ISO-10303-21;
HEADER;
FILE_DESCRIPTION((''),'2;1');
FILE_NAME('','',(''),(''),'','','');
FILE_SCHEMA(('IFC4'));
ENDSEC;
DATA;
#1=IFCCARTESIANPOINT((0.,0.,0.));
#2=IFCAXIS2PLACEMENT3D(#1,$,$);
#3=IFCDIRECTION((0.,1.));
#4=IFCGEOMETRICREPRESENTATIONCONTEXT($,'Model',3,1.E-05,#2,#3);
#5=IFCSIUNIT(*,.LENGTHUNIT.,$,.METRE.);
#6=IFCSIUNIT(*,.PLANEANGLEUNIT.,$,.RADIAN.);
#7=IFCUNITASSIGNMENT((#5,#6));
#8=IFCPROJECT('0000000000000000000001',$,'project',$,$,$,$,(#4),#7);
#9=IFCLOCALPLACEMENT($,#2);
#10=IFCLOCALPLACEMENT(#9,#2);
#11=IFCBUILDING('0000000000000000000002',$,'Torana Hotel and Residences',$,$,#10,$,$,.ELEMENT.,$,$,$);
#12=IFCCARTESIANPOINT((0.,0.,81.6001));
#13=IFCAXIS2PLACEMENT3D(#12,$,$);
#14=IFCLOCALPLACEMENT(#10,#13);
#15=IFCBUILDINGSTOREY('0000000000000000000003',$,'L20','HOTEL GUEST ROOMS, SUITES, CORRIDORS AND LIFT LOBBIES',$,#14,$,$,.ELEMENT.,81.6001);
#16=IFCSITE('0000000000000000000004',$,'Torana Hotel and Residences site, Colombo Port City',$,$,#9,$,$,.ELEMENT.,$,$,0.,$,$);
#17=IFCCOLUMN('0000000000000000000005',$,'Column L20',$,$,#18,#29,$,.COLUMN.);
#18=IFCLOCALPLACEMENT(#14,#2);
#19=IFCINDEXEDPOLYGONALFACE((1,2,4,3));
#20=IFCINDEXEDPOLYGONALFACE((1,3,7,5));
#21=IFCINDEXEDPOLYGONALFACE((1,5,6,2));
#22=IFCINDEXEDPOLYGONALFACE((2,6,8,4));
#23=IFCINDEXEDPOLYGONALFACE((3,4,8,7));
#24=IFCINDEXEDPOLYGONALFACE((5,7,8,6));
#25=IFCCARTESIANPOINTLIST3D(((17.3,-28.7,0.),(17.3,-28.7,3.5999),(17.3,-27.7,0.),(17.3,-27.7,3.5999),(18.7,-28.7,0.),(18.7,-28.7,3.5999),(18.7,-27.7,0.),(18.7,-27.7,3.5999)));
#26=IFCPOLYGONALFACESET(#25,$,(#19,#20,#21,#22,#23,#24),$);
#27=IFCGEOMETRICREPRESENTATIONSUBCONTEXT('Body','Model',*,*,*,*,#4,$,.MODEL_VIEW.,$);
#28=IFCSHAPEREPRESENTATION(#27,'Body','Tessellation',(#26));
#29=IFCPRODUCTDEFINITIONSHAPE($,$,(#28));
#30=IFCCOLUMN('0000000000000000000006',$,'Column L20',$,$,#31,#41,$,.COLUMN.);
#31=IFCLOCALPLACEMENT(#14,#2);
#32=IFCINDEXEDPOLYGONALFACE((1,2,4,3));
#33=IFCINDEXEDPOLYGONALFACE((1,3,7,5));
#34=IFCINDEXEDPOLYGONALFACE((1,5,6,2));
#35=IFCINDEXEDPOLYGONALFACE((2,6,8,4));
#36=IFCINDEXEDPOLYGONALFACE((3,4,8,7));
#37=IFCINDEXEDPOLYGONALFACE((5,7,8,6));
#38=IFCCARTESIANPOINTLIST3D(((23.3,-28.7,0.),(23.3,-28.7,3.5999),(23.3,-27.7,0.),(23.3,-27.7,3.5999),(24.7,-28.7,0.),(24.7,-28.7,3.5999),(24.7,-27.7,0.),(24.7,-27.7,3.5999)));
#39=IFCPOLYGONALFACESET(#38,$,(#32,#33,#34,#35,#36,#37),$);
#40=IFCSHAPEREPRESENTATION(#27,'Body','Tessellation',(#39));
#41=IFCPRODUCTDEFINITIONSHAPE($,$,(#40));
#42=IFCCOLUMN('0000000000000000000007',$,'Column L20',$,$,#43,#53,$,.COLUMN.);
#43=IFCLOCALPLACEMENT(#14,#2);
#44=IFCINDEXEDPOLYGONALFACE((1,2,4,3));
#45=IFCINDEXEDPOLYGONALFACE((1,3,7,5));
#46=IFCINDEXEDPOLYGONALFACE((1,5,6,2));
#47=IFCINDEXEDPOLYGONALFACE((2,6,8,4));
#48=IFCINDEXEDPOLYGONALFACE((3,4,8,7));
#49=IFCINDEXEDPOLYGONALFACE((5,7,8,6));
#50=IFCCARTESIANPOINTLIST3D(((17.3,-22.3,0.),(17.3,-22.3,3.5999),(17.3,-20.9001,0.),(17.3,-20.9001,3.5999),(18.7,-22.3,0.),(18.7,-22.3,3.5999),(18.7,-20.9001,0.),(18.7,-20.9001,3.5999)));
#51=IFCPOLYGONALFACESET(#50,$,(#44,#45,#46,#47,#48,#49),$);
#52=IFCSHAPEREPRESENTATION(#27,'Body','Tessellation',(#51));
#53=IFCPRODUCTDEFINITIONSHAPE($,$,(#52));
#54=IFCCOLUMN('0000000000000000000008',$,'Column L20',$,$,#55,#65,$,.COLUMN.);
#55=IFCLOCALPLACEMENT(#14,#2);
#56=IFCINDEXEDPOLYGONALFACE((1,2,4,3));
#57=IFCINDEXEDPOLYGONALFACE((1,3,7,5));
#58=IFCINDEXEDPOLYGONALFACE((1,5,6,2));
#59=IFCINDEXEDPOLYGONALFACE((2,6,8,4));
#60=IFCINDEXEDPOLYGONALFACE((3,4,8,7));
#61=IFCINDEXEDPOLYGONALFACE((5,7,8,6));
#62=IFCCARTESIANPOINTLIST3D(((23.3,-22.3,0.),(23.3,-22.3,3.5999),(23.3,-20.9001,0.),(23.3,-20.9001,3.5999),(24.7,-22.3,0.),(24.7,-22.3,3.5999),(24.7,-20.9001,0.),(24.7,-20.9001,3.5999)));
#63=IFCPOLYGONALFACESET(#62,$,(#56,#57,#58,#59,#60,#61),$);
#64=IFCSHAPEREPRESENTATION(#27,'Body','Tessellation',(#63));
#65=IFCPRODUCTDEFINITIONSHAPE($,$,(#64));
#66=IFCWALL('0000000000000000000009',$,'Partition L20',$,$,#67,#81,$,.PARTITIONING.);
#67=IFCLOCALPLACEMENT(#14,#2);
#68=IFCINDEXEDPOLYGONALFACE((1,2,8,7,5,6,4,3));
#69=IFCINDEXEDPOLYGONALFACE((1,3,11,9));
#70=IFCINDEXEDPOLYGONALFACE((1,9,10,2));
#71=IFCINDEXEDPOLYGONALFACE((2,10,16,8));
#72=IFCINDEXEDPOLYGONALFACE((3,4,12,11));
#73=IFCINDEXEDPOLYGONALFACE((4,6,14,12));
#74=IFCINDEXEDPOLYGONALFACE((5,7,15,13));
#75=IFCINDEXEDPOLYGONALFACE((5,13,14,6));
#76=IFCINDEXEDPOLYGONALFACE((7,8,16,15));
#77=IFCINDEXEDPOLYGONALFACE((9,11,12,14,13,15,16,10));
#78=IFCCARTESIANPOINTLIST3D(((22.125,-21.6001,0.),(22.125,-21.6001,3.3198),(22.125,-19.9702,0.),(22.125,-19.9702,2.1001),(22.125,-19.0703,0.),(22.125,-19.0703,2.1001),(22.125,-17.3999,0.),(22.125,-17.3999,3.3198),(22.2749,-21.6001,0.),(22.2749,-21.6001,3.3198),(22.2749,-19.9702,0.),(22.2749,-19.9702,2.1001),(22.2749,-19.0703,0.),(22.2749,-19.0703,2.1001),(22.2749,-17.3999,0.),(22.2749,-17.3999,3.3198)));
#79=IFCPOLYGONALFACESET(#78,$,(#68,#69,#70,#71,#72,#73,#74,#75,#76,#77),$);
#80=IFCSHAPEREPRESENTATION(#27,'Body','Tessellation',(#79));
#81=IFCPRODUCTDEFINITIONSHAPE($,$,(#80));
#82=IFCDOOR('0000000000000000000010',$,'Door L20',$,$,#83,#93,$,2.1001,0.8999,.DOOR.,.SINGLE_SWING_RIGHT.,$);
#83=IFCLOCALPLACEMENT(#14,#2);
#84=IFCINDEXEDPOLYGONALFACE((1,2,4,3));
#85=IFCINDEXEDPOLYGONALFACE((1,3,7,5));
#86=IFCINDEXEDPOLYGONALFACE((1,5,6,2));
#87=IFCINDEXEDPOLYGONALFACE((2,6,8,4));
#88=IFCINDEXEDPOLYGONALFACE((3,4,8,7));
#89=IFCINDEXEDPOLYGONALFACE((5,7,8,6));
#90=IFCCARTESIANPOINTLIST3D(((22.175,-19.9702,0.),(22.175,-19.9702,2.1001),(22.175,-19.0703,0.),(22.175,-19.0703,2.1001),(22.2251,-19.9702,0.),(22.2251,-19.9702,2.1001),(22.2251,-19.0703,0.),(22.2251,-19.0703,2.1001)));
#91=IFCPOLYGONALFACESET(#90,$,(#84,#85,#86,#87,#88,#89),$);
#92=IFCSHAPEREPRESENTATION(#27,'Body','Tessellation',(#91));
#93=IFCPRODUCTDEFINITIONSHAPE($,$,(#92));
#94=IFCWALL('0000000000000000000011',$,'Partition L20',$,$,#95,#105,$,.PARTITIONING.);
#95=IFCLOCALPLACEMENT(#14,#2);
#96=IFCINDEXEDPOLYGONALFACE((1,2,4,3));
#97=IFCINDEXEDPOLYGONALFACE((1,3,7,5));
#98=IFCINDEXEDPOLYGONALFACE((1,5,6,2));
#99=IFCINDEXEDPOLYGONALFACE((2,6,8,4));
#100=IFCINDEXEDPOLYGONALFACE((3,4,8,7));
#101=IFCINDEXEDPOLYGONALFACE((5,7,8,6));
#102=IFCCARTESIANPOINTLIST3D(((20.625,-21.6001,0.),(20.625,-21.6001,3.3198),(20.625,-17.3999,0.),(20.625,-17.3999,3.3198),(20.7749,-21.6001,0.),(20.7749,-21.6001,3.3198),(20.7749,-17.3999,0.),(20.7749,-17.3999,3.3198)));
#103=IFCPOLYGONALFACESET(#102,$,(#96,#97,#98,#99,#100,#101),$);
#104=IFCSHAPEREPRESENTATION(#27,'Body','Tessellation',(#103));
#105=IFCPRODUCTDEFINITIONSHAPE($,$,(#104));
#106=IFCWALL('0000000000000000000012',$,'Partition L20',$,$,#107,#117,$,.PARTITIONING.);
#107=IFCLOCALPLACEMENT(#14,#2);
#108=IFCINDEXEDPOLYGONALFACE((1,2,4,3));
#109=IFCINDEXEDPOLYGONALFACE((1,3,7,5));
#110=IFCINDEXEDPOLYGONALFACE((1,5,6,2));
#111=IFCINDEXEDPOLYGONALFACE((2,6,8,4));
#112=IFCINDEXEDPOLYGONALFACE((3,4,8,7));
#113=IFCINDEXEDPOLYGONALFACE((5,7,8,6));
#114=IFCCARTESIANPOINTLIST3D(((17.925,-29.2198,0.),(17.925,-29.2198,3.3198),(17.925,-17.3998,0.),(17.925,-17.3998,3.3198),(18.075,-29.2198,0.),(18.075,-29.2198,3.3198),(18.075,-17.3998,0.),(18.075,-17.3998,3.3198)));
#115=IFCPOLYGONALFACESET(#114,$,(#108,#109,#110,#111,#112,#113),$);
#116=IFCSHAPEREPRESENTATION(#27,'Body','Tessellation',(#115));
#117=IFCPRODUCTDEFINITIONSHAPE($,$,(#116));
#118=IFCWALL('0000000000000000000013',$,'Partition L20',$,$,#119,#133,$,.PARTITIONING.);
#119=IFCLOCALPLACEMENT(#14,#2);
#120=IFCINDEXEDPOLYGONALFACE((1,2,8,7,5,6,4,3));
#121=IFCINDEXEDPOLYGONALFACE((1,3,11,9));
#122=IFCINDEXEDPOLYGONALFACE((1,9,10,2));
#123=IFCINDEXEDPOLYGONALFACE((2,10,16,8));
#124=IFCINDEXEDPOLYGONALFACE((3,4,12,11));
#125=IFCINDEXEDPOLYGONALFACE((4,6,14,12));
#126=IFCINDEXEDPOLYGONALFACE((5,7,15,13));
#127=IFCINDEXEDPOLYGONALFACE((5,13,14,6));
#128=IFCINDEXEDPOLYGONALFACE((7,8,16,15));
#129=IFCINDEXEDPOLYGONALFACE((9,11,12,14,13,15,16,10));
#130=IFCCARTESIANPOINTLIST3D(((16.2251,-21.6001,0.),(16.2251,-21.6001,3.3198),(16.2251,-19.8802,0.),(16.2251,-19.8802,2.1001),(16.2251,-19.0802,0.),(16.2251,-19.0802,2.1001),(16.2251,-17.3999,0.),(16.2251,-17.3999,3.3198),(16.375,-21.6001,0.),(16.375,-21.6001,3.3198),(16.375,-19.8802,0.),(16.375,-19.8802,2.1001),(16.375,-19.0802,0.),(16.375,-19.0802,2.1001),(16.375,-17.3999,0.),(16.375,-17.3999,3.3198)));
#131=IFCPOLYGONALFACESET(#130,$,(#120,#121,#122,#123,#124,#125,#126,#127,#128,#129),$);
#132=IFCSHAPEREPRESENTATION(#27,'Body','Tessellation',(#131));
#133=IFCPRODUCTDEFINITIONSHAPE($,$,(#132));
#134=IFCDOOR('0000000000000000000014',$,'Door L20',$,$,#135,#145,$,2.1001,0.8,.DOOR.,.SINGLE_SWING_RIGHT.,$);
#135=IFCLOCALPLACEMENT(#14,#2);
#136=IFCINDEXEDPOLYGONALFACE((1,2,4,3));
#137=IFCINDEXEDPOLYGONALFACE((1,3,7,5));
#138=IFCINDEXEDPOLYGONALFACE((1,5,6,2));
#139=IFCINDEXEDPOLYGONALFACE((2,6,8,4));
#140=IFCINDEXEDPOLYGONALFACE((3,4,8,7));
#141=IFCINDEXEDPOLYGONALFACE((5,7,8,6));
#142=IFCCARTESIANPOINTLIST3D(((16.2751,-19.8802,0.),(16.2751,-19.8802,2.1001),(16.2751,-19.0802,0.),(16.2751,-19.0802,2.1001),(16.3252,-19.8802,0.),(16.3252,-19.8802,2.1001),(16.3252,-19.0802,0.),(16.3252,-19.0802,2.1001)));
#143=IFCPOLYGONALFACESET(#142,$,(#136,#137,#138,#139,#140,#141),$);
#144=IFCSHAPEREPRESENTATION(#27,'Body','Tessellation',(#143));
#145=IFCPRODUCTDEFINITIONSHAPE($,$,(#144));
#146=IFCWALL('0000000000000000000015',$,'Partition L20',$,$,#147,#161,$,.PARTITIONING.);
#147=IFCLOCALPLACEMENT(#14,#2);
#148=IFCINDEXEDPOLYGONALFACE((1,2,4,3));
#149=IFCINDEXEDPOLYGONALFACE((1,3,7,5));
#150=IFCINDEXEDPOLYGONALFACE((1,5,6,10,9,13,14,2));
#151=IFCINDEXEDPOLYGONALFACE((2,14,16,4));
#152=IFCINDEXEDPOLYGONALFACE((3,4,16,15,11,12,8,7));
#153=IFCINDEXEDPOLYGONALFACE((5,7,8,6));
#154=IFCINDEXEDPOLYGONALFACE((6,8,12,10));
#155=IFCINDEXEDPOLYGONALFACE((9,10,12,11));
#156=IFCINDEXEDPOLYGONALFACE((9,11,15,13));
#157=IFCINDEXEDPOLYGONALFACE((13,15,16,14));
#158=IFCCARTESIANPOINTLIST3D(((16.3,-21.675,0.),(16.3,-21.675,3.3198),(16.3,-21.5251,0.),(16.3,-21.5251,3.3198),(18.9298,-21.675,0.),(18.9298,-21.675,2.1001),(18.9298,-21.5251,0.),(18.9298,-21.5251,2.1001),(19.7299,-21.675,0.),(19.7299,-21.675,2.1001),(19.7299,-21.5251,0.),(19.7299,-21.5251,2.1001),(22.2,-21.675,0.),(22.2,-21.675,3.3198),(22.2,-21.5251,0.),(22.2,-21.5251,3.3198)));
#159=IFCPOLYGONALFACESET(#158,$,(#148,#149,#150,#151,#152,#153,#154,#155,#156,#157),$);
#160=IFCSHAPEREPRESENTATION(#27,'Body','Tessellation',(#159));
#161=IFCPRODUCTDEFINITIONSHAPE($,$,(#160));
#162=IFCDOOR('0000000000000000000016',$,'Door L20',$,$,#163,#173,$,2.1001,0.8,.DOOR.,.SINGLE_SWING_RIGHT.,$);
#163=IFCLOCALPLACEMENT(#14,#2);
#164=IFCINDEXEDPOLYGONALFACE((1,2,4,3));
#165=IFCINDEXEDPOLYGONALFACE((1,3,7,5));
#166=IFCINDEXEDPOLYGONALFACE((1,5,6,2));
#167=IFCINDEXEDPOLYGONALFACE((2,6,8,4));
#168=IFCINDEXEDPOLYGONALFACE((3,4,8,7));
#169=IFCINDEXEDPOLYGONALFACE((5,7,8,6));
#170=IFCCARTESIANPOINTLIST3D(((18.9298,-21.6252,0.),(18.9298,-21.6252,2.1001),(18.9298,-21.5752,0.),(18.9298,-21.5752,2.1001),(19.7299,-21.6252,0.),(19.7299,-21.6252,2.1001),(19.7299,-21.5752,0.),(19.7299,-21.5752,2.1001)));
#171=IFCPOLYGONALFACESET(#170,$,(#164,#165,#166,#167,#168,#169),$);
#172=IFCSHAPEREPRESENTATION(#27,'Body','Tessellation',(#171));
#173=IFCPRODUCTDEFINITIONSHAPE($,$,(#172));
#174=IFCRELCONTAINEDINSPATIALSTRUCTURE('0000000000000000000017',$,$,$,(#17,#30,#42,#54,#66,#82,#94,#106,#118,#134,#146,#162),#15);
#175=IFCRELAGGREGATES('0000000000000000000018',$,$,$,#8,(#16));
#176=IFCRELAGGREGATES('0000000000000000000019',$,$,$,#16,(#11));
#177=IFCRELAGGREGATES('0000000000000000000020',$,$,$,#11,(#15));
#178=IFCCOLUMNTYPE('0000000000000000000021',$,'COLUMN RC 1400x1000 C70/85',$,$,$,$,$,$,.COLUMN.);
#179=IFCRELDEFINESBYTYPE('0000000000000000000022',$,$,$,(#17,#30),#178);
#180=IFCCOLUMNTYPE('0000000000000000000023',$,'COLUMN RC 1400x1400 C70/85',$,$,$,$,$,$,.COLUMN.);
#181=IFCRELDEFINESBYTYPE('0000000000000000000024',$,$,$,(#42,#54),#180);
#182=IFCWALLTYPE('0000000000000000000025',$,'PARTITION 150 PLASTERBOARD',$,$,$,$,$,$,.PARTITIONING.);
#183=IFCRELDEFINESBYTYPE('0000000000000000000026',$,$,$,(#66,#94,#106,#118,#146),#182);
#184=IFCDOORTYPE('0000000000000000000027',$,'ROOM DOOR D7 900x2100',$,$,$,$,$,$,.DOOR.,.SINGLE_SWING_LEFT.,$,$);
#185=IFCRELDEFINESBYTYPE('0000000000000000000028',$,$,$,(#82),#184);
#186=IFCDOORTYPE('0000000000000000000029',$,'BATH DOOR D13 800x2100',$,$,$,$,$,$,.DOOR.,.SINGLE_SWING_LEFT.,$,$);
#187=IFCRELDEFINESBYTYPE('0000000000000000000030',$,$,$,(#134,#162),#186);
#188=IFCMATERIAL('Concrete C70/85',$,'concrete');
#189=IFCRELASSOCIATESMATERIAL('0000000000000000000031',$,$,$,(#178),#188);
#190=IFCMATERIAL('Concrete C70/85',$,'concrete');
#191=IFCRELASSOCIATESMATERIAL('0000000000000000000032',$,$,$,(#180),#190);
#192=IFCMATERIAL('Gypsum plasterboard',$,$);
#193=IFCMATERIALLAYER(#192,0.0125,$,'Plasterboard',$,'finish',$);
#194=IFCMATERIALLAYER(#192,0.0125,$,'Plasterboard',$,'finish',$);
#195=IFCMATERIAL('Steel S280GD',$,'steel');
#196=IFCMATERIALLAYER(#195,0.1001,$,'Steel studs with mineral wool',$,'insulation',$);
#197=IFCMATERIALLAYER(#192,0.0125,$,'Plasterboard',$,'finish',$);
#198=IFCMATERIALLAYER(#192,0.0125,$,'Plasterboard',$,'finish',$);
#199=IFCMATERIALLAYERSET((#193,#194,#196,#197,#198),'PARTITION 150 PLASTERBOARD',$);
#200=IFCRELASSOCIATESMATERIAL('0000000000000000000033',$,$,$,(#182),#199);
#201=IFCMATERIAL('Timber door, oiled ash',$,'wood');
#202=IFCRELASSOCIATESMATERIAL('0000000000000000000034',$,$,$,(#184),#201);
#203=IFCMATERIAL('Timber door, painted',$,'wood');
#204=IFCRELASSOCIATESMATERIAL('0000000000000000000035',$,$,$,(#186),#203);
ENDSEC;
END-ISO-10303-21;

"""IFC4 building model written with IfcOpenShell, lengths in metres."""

from ifc_helpers import new_model, si_unit, direction, frame, frame_2d, origin, origin_2d, place, context, subcontext, project, spatial, rectangle, extrude, material, layer, layer_set, material_profile, profile_set, type_object, element, fill, save


model = new_model("IFC4")

# Units and contexts
model_context = context("Model", 3, precision=1e-05, world=origin(), true_north=direction((0.0, 1.0)))
body_context = subcontext(model_context, "Body", "Model", "MODEL_VIEW")
ifc_project = project(units=[si_unit("LENGTHUNIT", "METRE"), si_unit("PLANEANGLEUNIT", "RADIAN")], contexts=[model_context])

# Site, building, storey
site_placement = place(None, origin())
site = spatial("IfcSite", under=ifc_project, at=site_placement, Name="Torana Hotel and Residences site, Colombo Port City", CompositionType="ELEMENT", RefElevation=0.0)
building_placement = place(site_placement, origin())
building = spatial("IfcBuilding", under=site, at=building_placement, Name="Torana Hotel and Residences", CompositionType="ELEMENT")
storey_placement = place(building_placement, frame((0.0, 0.0, 81.6001)))
storey = spatial("IfcBuildingStorey", under=building, at=storey_placement, Name="L20", Description="HOTEL GUEST ROOMS, SUITES, CORRIDORS AND LIFT LOBBIES", CompositionType="ELEMENT", Elevation=81.6001)

# Columns
ifc_material_1 = material(Name="Concrete C70/85", Category="concrete")
ifc_material_profile_1 = material_profile(ifc_material_1, rectangle(XDim=1.3999, YDim=1.0, at=origin_2d()), Name="RC 1400x1000")
ifc_profile_set_1 = profile_set([ifc_material_profile_1], Name="Concrete C70/85")
column_type_1 = type_object("IfcColumnType", Name="COLUMN RC 1400x1000 C70/85", PredefinedType="COLUMN", material=ifc_profile_set_1)
for number, where, z_axis, x_axis, name in (
    (1, (18.0, -28.2, 0.0), (0.0, 0.0, 1.0), (1.0, 0.0, 0.0), "Column L20"),
    (2, (24.0, -28.2, 0.0), (0.0, 0.0, 1.0), (1.0, 0.0, 0.0), "Column L20"),
):
    element("IfcColumn", number, at=place(storey_placement, frame(where, z_axis=z_axis, x_axis=x_axis)), inside=storey, type_object=column_type_1, Name=name, PredefinedType="COLUMN", context=body_context, shape_type="SweptSolid", body=[
        extrude(rectangle(XDim=1.3999, YDim=1.0, at=origin_2d()), origin(), (0.0, 0.0, 1.0), 3.5999),
    ])
ifc_material_2 = material(Name="Concrete C70/85", Category="concrete")
ifc_material_profile_2 = material_profile(ifc_material_2, rectangle(XDim=1.3999, YDim=1.3999, at=origin_2d()), Name="RC 1400x1400")
ifc_profile_set_2 = profile_set([ifc_material_profile_2], Name="Concrete C70/85")
column_type_2 = type_object("IfcColumnType", Name="COLUMN RC 1400x1400 C70/85", PredefinedType="COLUMN", material=ifc_profile_set_2)
for number, where, z_axis, x_axis, name in (
    (3, (18.0, -21.6001, 0.0), (0.0, 0.0, 1.0), (1.0, 0.0, 0.0), "Column L20"),
    (4, (24.0, -21.6001, 0.0), (0.0, 0.0, 1.0), (1.0, 0.0, 0.0), "Column L20"),
):
    element("IfcColumn", number, at=place(storey_placement, frame(where, z_axis=z_axis, x_axis=x_axis)), inside=storey, type_object=column_type_2, Name=name, PredefinedType="COLUMN", context=body_context, shape_type="SweptSolid", body=[
        extrude(rectangle(XDim=1.3999, YDim=1.3999, at=origin_2d()), origin(), (0.0, 0.0, 1.0), 3.5999),
    ])

# Wall, opening, door
ifc_material_3 = material(Name="Gypsum plasterboard")
ifc_layer_1 = layer(ifc_material_3, 0.0125, Name="Plasterboard", Category="finish")
ifc_layer_2 = layer(ifc_material_3, 0.0125, Name="Plasterboard", Category="finish")
ifc_material_4 = material(Name="Steel S280GD", Category="steel")
ifc_layer_3 = layer(ifc_material_4, 0.1001, Name="Steel studs with mineral wool", Category="insulation")
ifc_layer_4 = layer(ifc_material_3, 0.0125, Name="Plasterboard", Category="finish")
ifc_layer_5 = layer(ifc_material_3, 0.0125, Name="Plasterboard", Category="finish")
ifc_layer_set_1 = layer_set([ifc_layer_1, ifc_layer_2, ifc_layer_3, ifc_layer_4, ifc_layer_5], Name="PARTITION 150 PLASTERBOARD")
wall_type_1 = type_object("IfcWallType", Name="PARTITION 150 PLASTERBOARD", PredefinedType="PARTITIONING", material=ifc_layer_set_1)
wall_1_placement = place(storey_placement, frame((22.2, -21.6001, 0.0), z_axis=(0.0, 0.0, 1.0), x_axis=(0.0, 1.0, 0.0)))
wall_1 = element("IfcWall", 5, at=wall_1_placement, inside=storey, type_object=wall_type_1, Name="Partition L20", PredefinedType="PARTITIONING", context=body_context, shape_type="SweptSolid", body=[
    extrude(rectangle(XDim=4.2002, YDim=0.1499, at=frame_2d((2.1001, 0.0))), origin(), (0.0, 0.0, 1.0), 3.3198),
])
opening_1_placement = place(wall_1_placement, frame((1.6299, 0.0, 0.0)))
opening_1 = element("IfcOpeningElement", 6, at=opening_1_placement, cuts=wall_1, PredefinedType="OPENING", context=body_context, shape_type="SweptSolid", body=[
    extrude(rectangle(XDim=0.8999, YDim=2.1001, at=frame_2d((0.45, 1.05))), frame((0.0, 0.085, 0.0), z_axis=(0.0, -1.0, 0.0), x_axis=(1.0, 0.0, 0.0)), (0.0, 0.0, 1.0), 0.1699),
])
ifc_material_5 = material(Name="Timber door, oiled ash", Category="wood")
door_type_1 = type_object("IfcDoorType", Name="ROOM DOOR D7 900x2100", OperationType="SINGLE_SWING_LEFT", PredefinedType="DOOR", material=ifc_material_5)
door_1_placement = place(opening_1_placement, origin())
door_1 = element("IfcDoor", 7, at=door_1_placement, inside=storey, type_object=door_type_1, Name="Door L20", OperationType="SINGLE_SWING_RIGHT", OverallHeight=2.1001, OverallWidth=0.8999, PredefinedType="DOOR", context=body_context, shape_type="SweptSolid", body=[
    extrude(rectangle(XDim=0.8999, YDim=2.1001, at=frame_2d((0.45, 1.05))), frame((0.0, 0.0249, 0.0), z_axis=(0.0, -1.0, 0.0), x_axis=(1.0, 0.0, 0.0)), (0.0, 0.0, 1.0), 0.05),
])
fill(opening_1, door_1)

# Walls
wall_2_placement = place(storey_placement, frame((20.7, -21.6001, 0.0), z_axis=(0.0, 0.0, 1.0), x_axis=(0.0, 1.0, 0.0)))
element("IfcWall", 8, at=wall_2_placement, inside=storey, type_object=wall_type_1, Name="Partition L20", PredefinedType="PARTITIONING", context=body_context, shape_type="SweptSolid", body=[
    extrude(rectangle(XDim=4.2002, YDim=0.1499, at=frame_2d((2.1001, 0.0))), origin(), (0.0, 0.0, 1.0), 3.3198),
])
wall_3_placement = place(storey_placement, frame((18.0, -29.22, 0.0), z_axis=(0.0, 0.0, 1.0), x_axis=(0.0, 1.0, 0.0)))
element("IfcWall", 9, at=wall_3_placement, inside=storey, type_object=wall_type_1, Name="Partition L20", PredefinedType="PARTITIONING", context=body_context, shape_type="SweptSolid", body=[
    extrude(rectangle(XDim=11.8201, YDim=0.1499, at=frame_2d((5.9102, 0.0))), origin(), (0.0, 0.0, 1.0), 3.3198),
])

# Walls, openings, doors
wall_4_placement = place(storey_placement, frame((16.3, -21.6001, 0.0), z_axis=(0.0, 0.0, 1.0), x_axis=(0.0, 1.0, 0.0)))
wall_4 = element("IfcWall", 10, at=wall_4_placement, inside=storey, type_object=wall_type_1, Name="Partition L20", PredefinedType="PARTITIONING", context=body_context, shape_type="SweptSolid", body=[
    extrude(rectangle(XDim=4.2002, YDim=0.1499, at=frame_2d((2.1001, 0.0))), origin(), (0.0, 0.0, 1.0), 3.3198),
])
opening_2_placement = place(wall_4_placement, frame((1.72, 0.0, 0.0)))
opening_2 = element("IfcOpeningElement", 11, at=opening_2_placement, cuts=wall_4, PredefinedType="OPENING", context=body_context, shape_type="SweptSolid", body=[
    extrude(rectangle(XDim=0.8, YDim=2.1001, at=frame_2d((0.3999, 1.05))), frame((0.0, 0.085, 0.0), z_axis=(0.0, -1.0, 0.0), x_axis=(1.0, 0.0, 0.0)), (0.0, 0.0, 1.0), 0.1699),
])
ifc_material_6 = material(Name="Timber door, painted", Category="wood")
door_type_2 = type_object("IfcDoorType", Name="BATH DOOR D13 800x2100", OperationType="SINGLE_SWING_LEFT", PredefinedType="DOOR", material=ifc_material_6)
door_2_placement = place(opening_2_placement, origin())
door_2 = element("IfcDoor", 12, at=door_2_placement, inside=storey, type_object=door_type_2, Name="Door L20", OperationType="SINGLE_SWING_RIGHT", OverallHeight=2.1001, OverallWidth=0.8, PredefinedType="DOOR", context=body_context, shape_type="SweptSolid", body=[
    extrude(rectangle(XDim=0.8, YDim=2.1001, at=frame_2d((0.3999, 1.05))), frame((0.0, 0.0249, 0.0), z_axis=(0.0, -1.0, 0.0), x_axis=(1.0, 0.0, 0.0)), (0.0, 0.0, 1.0), 0.05),
])
fill(opening_2, door_2)
wall_5_placement = place(storey_placement, frame((16.3, -21.6001, 0.0), z_axis=(0.0, 0.0, 1.0), x_axis=(1.0, 0.0, 0.0)))
wall_5 = element("IfcWall", 13, at=wall_5_placement, inside=storey, type_object=wall_type_1, Name="Partition L20", PredefinedType="PARTITIONING", context=body_context, shape_type="SweptSolid", body=[
    extrude(rectangle(XDim=5.8999, YDim=0.1499, at=frame_2d((2.95, 0.0))), origin(), (0.0, 0.0, 1.0), 3.3198),
])
opening_3_placement = place(wall_5_placement, frame((2.6299, 0.0, 0.0)))
opening_3 = element("IfcOpeningElement", 14, at=opening_3_placement, cuts=wall_5, PredefinedType="OPENING", context=body_context, shape_type="SweptSolid", body=[
    extrude(rectangle(XDim=0.8, YDim=2.1001, at=frame_2d((0.3999, 1.05))), frame((0.0, 0.085, 0.0), z_axis=(0.0, -1.0, 0.0), x_axis=(1.0, 0.0, 0.0)), (0.0, 0.0, 1.0), 0.1699),
])
door_3_placement = place(opening_3_placement, origin())
door_3 = element("IfcDoor", 15, at=door_3_placement, inside=storey, type_object=door_type_2, Name="Door L20", OperationType="SINGLE_SWING_RIGHT", OverallHeight=2.1001, OverallWidth=0.8, PredefinedType="DOOR", context=body_context, shape_type="SweptSolid", body=[
    extrude(rectangle(XDim=0.8, YDim=2.1001, at=frame_2d((0.3999, 1.05))), frame((0.0, 0.0249, 0.0), z_axis=(0.0, -1.0, 0.0), x_axis=(1.0, 0.0, 0.0)), (0.0, 0.0, 1.0), 0.05),
])
fill(opening_3, door_3)

save(model, "model.ifc")
